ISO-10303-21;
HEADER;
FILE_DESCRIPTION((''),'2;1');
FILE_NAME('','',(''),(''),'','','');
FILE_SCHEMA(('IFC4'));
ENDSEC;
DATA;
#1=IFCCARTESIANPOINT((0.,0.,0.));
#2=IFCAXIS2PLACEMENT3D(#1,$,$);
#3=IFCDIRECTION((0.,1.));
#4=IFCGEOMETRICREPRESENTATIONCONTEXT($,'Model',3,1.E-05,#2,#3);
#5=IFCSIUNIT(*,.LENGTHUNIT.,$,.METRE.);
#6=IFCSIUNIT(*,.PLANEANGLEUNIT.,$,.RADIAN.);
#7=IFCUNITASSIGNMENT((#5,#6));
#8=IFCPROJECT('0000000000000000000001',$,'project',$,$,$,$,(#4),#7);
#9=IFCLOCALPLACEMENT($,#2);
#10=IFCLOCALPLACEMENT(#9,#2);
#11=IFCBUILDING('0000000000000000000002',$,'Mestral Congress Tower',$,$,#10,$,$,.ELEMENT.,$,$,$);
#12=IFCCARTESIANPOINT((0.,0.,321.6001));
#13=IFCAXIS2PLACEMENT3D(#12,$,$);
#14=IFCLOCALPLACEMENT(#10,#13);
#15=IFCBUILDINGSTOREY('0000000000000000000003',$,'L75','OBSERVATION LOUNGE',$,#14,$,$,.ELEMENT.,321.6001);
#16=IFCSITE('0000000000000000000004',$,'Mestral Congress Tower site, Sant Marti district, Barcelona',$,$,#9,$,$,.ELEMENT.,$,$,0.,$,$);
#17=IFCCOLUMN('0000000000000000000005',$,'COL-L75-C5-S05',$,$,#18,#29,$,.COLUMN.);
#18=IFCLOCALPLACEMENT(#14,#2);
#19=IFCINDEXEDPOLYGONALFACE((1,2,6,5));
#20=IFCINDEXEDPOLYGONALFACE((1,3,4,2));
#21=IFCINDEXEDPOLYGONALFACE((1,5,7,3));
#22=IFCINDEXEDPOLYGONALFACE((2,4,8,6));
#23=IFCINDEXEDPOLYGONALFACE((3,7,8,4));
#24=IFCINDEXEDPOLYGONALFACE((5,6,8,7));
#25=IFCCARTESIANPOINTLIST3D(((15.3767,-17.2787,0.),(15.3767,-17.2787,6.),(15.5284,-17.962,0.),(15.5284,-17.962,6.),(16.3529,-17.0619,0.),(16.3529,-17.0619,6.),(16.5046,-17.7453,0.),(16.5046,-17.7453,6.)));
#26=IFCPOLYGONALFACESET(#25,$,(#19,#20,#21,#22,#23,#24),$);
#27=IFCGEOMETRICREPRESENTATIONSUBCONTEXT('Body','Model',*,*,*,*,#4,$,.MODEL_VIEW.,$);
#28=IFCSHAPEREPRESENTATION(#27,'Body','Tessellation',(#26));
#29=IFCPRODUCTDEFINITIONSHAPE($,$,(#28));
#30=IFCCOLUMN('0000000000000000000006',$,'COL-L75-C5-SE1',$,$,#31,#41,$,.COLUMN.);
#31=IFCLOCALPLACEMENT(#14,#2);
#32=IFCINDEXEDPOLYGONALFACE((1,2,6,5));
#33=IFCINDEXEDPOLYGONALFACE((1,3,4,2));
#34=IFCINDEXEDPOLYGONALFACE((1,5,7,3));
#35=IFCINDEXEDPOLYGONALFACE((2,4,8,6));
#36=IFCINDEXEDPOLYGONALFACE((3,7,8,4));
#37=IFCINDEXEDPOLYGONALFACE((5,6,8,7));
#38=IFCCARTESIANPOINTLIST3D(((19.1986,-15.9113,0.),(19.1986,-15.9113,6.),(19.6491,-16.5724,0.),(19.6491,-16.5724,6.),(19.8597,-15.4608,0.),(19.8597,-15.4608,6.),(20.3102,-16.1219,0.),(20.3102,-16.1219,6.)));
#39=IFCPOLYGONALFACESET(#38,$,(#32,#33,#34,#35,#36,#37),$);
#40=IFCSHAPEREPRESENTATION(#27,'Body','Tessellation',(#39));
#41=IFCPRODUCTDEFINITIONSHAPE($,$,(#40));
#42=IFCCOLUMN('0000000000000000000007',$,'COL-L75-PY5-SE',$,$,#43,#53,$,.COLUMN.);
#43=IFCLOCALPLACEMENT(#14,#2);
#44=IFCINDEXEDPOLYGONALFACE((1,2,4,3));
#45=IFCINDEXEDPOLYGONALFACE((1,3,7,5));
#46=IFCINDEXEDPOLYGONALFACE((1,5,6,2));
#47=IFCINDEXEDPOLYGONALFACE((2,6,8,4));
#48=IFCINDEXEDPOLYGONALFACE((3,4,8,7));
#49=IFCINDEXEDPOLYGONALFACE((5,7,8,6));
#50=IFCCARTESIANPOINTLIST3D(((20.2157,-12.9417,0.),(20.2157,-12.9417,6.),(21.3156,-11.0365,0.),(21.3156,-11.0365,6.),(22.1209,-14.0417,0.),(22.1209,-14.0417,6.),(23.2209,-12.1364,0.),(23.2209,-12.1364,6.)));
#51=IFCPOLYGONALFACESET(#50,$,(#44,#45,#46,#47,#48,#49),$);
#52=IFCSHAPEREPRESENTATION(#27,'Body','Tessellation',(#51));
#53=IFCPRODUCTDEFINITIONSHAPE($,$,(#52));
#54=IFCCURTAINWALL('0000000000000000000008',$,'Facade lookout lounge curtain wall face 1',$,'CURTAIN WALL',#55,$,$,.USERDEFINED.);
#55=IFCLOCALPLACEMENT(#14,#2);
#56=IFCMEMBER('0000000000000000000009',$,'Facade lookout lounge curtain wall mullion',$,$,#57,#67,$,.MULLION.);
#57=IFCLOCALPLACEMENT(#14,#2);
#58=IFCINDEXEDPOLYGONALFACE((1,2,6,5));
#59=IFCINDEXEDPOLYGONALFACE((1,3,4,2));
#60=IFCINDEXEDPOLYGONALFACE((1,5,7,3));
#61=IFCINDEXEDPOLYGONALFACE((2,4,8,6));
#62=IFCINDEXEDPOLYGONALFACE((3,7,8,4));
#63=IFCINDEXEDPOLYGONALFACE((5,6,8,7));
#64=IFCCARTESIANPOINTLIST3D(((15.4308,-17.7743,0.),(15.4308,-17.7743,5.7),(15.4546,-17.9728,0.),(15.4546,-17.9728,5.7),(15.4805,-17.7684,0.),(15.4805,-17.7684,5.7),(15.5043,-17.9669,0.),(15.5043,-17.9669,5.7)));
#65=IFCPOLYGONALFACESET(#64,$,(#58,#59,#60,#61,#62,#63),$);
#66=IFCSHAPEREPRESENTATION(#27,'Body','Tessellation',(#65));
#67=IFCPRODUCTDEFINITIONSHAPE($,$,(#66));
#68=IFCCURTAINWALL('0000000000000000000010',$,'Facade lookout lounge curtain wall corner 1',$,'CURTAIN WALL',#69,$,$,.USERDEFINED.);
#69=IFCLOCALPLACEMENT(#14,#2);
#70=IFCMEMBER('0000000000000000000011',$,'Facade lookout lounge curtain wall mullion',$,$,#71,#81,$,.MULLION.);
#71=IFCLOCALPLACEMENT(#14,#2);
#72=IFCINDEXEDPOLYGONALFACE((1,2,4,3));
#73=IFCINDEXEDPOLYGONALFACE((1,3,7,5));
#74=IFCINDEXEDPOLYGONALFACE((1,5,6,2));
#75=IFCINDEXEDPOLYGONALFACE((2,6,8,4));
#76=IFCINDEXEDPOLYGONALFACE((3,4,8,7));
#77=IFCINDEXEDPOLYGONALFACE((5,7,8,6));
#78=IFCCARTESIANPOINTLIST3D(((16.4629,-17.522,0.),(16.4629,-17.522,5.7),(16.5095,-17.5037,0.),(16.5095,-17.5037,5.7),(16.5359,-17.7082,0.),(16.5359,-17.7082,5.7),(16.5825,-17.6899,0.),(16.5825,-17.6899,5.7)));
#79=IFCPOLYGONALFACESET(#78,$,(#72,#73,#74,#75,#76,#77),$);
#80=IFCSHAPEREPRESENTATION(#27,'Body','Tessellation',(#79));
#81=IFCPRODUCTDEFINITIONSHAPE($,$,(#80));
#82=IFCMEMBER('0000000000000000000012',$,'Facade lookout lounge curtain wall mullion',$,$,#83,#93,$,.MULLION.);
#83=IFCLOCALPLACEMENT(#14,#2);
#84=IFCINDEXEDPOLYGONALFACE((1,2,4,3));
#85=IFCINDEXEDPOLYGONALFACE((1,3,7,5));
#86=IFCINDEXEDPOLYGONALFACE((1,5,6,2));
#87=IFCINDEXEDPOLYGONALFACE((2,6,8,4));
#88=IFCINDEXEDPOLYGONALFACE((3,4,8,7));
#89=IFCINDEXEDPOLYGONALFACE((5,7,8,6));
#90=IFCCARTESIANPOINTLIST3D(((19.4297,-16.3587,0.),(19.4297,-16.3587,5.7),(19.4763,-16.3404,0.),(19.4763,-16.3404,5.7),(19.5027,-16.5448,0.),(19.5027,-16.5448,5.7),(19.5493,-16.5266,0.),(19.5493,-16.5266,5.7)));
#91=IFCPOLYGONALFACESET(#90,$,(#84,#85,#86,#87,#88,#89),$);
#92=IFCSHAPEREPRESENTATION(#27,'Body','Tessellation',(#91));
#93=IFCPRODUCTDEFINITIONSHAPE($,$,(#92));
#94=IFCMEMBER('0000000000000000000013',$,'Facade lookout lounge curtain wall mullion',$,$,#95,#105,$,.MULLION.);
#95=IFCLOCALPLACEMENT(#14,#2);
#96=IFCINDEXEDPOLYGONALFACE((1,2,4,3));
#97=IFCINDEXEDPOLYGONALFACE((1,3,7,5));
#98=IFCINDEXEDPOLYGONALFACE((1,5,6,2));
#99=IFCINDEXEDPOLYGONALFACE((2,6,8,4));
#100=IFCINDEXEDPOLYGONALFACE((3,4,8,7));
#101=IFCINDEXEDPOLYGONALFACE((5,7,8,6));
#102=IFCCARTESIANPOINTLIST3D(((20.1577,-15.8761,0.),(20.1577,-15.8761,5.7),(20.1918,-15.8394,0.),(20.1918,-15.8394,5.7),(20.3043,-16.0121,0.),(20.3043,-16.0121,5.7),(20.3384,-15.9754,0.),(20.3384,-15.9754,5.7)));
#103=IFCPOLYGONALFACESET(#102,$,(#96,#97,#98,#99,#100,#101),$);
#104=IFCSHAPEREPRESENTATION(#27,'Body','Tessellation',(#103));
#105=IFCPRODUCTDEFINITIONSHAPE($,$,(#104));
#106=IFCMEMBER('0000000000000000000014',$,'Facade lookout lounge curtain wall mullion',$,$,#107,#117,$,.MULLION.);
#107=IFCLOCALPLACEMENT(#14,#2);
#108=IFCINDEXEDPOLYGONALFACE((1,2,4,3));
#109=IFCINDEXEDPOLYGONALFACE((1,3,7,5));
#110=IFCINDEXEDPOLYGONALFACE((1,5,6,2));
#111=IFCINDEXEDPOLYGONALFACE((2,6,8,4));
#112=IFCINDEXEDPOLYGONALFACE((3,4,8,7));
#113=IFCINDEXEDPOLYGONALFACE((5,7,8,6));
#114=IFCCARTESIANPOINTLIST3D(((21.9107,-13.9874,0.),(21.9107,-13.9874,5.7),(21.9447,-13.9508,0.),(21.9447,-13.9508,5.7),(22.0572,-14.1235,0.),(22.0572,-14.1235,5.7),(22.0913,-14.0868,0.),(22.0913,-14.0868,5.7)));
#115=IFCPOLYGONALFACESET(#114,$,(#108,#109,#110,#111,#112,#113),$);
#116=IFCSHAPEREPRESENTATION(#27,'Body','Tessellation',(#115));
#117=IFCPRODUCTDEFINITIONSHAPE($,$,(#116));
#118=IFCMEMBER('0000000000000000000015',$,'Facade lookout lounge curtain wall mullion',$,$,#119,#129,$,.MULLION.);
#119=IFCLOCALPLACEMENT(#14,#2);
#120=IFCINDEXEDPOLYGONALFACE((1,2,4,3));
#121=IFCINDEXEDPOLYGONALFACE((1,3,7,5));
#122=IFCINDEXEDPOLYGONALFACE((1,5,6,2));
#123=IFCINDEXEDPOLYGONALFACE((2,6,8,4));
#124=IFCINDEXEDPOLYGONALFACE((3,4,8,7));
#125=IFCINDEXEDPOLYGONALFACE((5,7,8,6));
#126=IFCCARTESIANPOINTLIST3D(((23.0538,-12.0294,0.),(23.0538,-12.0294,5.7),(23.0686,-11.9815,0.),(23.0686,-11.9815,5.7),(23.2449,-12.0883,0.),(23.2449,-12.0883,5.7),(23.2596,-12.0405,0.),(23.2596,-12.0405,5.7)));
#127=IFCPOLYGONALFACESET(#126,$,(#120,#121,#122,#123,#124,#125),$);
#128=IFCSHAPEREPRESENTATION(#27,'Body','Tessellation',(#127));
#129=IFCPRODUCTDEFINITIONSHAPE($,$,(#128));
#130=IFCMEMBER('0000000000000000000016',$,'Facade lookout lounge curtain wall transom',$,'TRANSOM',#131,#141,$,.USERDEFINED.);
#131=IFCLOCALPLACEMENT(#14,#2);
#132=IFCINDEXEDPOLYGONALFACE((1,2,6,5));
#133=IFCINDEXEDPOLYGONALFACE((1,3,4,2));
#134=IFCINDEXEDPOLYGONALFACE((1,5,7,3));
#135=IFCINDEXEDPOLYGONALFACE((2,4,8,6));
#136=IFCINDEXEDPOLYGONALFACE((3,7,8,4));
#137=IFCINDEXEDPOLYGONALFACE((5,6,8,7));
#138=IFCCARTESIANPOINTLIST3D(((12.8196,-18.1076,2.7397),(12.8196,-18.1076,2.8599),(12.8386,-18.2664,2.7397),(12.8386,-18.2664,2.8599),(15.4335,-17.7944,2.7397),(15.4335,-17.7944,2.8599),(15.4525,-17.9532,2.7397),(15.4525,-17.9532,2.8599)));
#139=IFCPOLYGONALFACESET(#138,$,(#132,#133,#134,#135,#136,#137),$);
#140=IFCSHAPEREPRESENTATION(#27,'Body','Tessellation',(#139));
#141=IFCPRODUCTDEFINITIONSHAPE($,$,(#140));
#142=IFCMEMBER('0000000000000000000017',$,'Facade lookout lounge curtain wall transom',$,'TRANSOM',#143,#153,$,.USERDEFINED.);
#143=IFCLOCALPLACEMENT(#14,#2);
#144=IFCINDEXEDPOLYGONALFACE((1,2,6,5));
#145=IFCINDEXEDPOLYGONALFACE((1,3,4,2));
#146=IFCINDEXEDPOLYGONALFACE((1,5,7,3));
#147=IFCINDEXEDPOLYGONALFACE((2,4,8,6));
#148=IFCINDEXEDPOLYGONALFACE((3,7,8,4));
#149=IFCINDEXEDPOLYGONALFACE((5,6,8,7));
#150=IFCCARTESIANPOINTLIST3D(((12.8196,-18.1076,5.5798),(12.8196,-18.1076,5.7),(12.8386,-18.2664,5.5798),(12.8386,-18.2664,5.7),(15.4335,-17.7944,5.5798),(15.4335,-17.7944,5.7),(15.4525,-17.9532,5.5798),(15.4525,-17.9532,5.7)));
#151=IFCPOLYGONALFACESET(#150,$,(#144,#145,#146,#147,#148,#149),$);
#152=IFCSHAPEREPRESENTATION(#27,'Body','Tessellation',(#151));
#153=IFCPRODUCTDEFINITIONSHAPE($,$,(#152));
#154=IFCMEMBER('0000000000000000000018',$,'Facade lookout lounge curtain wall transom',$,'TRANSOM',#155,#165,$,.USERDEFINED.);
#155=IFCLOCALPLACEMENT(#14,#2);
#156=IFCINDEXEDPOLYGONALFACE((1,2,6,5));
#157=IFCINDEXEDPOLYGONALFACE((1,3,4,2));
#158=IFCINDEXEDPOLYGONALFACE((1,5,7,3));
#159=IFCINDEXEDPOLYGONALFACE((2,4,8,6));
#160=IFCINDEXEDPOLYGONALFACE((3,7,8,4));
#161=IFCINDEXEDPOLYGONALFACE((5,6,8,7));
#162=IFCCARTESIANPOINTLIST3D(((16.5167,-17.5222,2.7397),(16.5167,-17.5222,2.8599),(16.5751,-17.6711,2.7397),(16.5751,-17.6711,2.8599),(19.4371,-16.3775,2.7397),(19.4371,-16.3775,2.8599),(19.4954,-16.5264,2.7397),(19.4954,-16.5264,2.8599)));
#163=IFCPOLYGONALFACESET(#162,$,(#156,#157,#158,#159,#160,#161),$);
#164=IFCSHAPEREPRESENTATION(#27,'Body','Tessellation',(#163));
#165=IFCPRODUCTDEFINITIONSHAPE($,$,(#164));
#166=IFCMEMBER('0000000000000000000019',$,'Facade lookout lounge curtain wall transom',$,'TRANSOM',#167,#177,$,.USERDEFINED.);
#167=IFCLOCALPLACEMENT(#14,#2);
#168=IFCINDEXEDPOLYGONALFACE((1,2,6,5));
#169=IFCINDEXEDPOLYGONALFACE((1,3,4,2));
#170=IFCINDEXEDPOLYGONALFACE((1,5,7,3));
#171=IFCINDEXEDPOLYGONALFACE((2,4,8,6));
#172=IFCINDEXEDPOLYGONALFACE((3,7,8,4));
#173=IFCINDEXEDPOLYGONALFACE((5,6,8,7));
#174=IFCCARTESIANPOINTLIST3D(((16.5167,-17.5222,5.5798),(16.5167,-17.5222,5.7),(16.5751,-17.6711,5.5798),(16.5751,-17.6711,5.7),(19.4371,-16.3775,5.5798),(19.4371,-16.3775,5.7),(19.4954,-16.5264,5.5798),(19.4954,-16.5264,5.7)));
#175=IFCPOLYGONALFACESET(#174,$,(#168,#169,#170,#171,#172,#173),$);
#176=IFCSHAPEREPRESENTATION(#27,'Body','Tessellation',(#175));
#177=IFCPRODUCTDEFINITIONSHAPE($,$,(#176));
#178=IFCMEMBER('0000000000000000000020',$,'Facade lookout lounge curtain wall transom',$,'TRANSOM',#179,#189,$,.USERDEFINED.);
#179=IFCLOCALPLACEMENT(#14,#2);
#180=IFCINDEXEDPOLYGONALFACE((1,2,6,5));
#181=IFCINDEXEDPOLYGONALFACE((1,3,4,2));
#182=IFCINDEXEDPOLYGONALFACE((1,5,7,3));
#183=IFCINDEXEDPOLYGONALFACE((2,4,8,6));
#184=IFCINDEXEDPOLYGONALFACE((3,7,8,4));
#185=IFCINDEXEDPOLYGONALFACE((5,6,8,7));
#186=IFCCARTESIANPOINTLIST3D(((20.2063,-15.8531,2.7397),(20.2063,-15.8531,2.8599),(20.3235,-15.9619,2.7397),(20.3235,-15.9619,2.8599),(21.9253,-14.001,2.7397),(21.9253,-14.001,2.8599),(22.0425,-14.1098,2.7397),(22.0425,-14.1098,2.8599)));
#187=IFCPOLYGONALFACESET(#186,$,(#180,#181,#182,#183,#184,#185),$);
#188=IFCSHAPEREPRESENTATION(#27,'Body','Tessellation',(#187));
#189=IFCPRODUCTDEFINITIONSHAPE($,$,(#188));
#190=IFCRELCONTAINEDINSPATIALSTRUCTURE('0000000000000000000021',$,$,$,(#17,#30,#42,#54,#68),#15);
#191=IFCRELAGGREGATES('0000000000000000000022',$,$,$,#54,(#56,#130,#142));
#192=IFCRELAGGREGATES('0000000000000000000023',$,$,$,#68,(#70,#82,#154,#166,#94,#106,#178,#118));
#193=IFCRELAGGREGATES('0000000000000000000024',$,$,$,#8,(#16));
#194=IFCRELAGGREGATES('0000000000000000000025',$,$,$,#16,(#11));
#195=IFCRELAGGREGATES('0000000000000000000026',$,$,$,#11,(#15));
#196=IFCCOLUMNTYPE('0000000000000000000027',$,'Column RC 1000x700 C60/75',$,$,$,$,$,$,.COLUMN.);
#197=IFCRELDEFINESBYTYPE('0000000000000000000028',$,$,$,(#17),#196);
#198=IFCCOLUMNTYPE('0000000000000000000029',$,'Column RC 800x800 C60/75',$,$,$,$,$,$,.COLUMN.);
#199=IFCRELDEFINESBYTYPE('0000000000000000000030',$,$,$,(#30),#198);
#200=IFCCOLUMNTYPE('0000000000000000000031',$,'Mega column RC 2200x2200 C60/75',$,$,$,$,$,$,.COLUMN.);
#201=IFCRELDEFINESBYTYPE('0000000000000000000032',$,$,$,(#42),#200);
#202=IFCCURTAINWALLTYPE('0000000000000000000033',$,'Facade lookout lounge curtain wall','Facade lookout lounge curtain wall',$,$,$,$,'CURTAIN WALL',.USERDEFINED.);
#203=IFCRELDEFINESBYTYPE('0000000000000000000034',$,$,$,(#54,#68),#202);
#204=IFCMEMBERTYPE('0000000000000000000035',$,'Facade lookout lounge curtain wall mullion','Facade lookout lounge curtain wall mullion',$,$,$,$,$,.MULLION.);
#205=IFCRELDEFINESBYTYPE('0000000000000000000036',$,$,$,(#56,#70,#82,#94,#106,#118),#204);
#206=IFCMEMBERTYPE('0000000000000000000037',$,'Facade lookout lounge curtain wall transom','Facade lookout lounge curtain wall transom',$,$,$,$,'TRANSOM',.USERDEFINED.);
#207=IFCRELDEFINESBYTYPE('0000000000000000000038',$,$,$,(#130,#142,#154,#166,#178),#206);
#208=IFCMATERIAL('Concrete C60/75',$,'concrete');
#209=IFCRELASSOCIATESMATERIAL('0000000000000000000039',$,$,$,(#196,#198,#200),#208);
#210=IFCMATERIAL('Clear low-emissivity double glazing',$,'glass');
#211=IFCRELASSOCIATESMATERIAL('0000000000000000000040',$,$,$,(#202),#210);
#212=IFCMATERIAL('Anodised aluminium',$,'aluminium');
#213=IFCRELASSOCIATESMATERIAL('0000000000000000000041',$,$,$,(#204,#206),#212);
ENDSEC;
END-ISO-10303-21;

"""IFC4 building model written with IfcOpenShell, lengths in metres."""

from ifc_helpers import new_model, si_unit, direction, frame, origin, origin_2d, place, context, subcontext, project, spatial, rectangle, extrude, material, material_profile, profile_set, type_object, element, aggregate, save


model = new_model("IFC4")

# Units and contexts
model_context = context("Model", 3, precision=1e-05, world=origin(), true_north=direction((0.0, 1.0)))
body_context = subcontext(model_context, "Body", "Model", "MODEL_VIEW")
ifc_project = project(units=[si_unit("LENGTHUNIT", "METRE"), si_unit("PLANEANGLEUNIT", "RADIAN")], contexts=[model_context])

# Site, building, storey
site_placement = place(None, origin())
site = spatial("IfcSite", under=ifc_project, at=site_placement, Name="Mestral Congress Tower site, Sant Marti district, Barcelona", CompositionType="ELEMENT", RefElevation=0.0)
building_placement = place(site_placement, origin())
building = spatial("IfcBuilding", under=site, at=building_placement, Name="Mestral Congress Tower", CompositionType="ELEMENT")
storey_placement = place(building_placement, frame((0.0, 0.0, 321.6001)))
storey = spatial("IfcBuildingStorey", under=building, at=storey_placement, Name="L75", Description="OBSERVATION LOUNGE", CompositionType="ELEMENT", Elevation=321.6001)

# Columns
ifc_material_1 = material(Name="Concrete C60/75", Category="concrete")
ifc_material_profile_1 = material_profile(ifc_material_1, rectangle(XDim=1.0, YDim=0.7, at=origin_2d()), Name="RC 1000x700")
ifc_profile_set_1 = profile_set([ifc_material_profile_1], Name="Concrete C60/75")
column_type_1 = type_object("IfcColumnType", Name="Column RC 1000x700 C60/75", PredefinedType="COLUMN", material=ifc_profile_set_1)
column_1_placement = place(storey_placement, frame((15.9407, -17.512, 0.0), z_axis=(0.0, 0.0, 1.0), x_axis=(0.976234, 0.216721, 0.0)))
element("IfcColumn", 1, at=column_1_placement, inside=storey, type_object=column_type_1, Name="COL-L75-C5-S05", PredefinedType="COLUMN", context=body_context, shape_type="SweptSolid", body=[
    extrude(rectangle(XDim=1.0, YDim=0.7, at=origin_2d()), origin(), (0.0, 0.0, 1.0), 6.0),
])
ifc_material_profile_2 = material_profile(ifc_material_1, rectangle(XDim=0.8, YDim=0.8, at=origin_2d()), Name="RC 800x800")
ifc_profile_set_2 = profile_set([ifc_material_profile_2], Name="Concrete C60/75")
column_type_2 = type_object("IfcColumnType", Name="Column RC 800x800 C60/75", PredefinedType="COLUMN", material=ifc_profile_set_2)
column_2_placement = place(storey_placement, frame((19.7544, -16.0166, 0.0), z_axis=(0.0, 0.0, 1.0), x_axis=(0.826363, 0.563138, 0.0)))
element("IfcColumn", 2, at=column_2_placement, inside=storey, type_object=column_type_2, Name="COL-L75-C5-SE1", PredefinedType="COLUMN", context=body_context, shape_type="SweptSolid", body=[
    extrude(rectangle(XDim=0.8, YDim=0.8, at=origin_2d()), origin(), (0.0, 0.0, 1.0), 6.0),
])
ifc_material_profile_3 = material_profile(ifc_material_1, rectangle(XDim=2.2, YDim=2.2, at=origin_2d()), Name="RC 2200x2200")
ifc_profile_set_3 = profile_set([ifc_material_profile_3], Name="Concrete C60/75")
column_type_3 = type_object("IfcColumnType", Name="Mega column RC 2200x2200 C60/75", PredefinedType="COLUMN", material=ifc_profile_set_3)
column_3_placement = place(storey_placement, frame((21.7183, -12.5391, 0.0), z_axis=(0.0, 0.0, 1.0), x_axis=(0.866025, -0.5, 0.0)))
element("IfcColumn", 3, at=column_3_placement, inside=storey, type_object=column_type_3, Name="COL-L75-PY5-SE", PredefinedType="COLUMN", context=body_context, shape_type="SweptSolid", body=[
    extrude(rectangle(XDim=2.2, YDim=2.2, at=origin_2d()), origin(), (0.0, 0.0, 1.0), 6.0),
])

# Curtain wall, member
ifc_material_2 = material(Name="Clear low-emissivity double glazing", Category="glass")
curtain_wall_type = type_object("IfcCurtainWallType", Name="Facade lookout lounge curtain wall", Description="Facade lookout lounge curtain wall", ElementType="CURTAIN WALL", PredefinedType="USERDEFINED", material=ifc_material_2)
placement = place(storey_placement, origin())
curtain_wall_1 = element("IfcCurtainWall", 4, at=placement, inside=storey, type_object=curtain_wall_type, Name="Facade lookout lounge curtain wall face 1", ObjectType="CURTAIN WALL", PredefinedType="USERDEFINED")
ifc_material_3 = material(Name="Anodised aluminium", Category="aluminium")
ifc_material_profile_4 = material_profile(ifc_material_3, rectangle(XDim=0.2, YDim=0.05, at=origin_2d()), Name="CW2 mullion 200 x 50")
ifc_profile_set_4 = profile_set([ifc_material_profile_4], Name="Anodised aluminium")
member_type_1 = type_object("IfcMemberType", Name="Facade lookout lounge curtain wall mullion", Description="Facade lookout lounge curtain wall mullion", PredefinedType="MULLION", material=ifc_profile_set_4)
member_1_placement = place(storey_placement, frame((15.4675, -17.8706, 0.0), z_axis=(0.0, 0.0, 1.0), x_axis=(0.119057, -0.992887, 0.0)))
member_1 = element("IfcMember", 5, at=member_1_placement, type_object=member_type_1, Name="Facade lookout lounge curtain wall mullion", PredefinedType="MULLION", context=body_context, shape_type="SweptSolid", body=[
    extrude(rectangle(XDim=0.2, YDim=0.05, at=origin_2d()), origin(), (0.0, 0.0, 1.0), 5.7),
])

# Curtain wall, members
curtain_wall_2 = element("IfcCurtainWall", 6, at=placement, inside=storey, type_object=curtain_wall_type, Name="Facade lookout lounge curtain wall corner 1", ObjectType="CURTAIN WALL", PredefinedType="USERDEFINED")
member_2_placement = place(storey_placement, frame((16.5227, -17.606, 0.0), z_axis=(0.0, 0.0, 1.0), x_axis=(0.365023, -0.930998, 0.0)))
member_2 = element("IfcMember", 7, at=member_2_placement, type_object=member_type_1, Name="Facade lookout lounge curtain wall mullion", PredefinedType="MULLION", context=body_context, shape_type="SweptSolid", body=[
    extrude(rectangle(XDim=0.2, YDim=0.05, at=origin_2d()), origin(), (0.0, 0.0, 1.0), 5.7),
])
member_3_placement = place(storey_placement, frame((19.4895, -16.4426, 0.0), z_axis=(0.0, 0.0, 1.0), x_axis=(0.365023, -0.930998, 0.0)))
member_3 = element("IfcMember", 8, at=member_3_placement, type_object=member_type_1, Name="Facade lookout lounge curtain wall mullion", PredefinedType="MULLION", context=body_context, shape_type="SweptSolid", body=[
    extrude(rectangle(XDim=0.2, YDim=0.05, at=origin_2d()), origin(), (0.0, 0.0, 1.0), 5.7),
])
member_4_placement = place(storey_placement, frame((20.248, -15.9258, 0.0), z_axis=(0.0, 0.0, 1.0), x_axis=(0.732987, -0.680243, 0.0)))
member_4 = element("IfcMember", 9, at=member_4_placement, type_object=member_type_1, Name="Facade lookout lounge curtain wall mullion", PredefinedType="MULLION", context=body_context, shape_type="SweptSolid", body=[
    extrude(rectangle(XDim=0.2, YDim=0.05, at=origin_2d()), origin(), (0.0, 0.0, 1.0), 5.7),
])
member_5_placement = place(storey_placement, frame((22.001, -14.0371, 0.0), z_axis=(0.0, 0.0, 1.0), x_axis=(0.732987, -0.680243, 0.0)))
member_5 = element("IfcMember", 10, at=member_5_placement, type_object=member_type_1, Name="Facade lookout lounge curtain wall mullion", PredefinedType="MULLION", context=body_context, shape_type="SweptSolid", body=[
    extrude(rectangle(XDim=0.2, YDim=0.05, at=origin_2d()), origin(), (0.0, 0.0, 1.0), 5.7),
])
member_6_placement = place(storey_placement, frame((23.1567, -12.0349, 0.0), z_axis=(0.0, 0.0, 1.0), x_axis=(0.955602, -0.294661, 0.0)))
member_6 = element("IfcMember", 11, at=member_6_placement, type_object=member_type_1, Name="Facade lookout lounge curtain wall mullion", PredefinedType="MULLION", context=body_context, shape_type="SweptSolid", body=[
    extrude(rectangle(XDim=0.2, YDim=0.05, at=origin_2d()), origin(), (0.0, 0.0, 1.0), 5.7),
])

# Members
ifc_material_profile_5 = material_profile(ifc_material_3, rectangle(XDim=0.1599, YDim=0.1201, at=origin_2d()), Name="CW2 transom 160 x 120")
ifc_profile_set_5 = profile_set([ifc_material_profile_5], Name="Anodised aluminium")
member_type_2 = type_object("IfcMemberType", Name="Facade lookout lounge curtain wall transom", Description="Facade lookout lounge curtain wall transom", ElementType="TRANSOM", PredefinedType="USERDEFINED", material=ifc_profile_set_5)
member_7_placement = place(storey_placement, frame((12.8291, -18.187, 2.7998), z_axis=(0.992896, 0.118988, 0.0), x_axis=(-0.118988, 0.992896, 0.0)))
member_7 = element("IfcMember", 12, at=member_7_placement, type_object=member_type_2, Name="Facade lookout lounge curtain wall transom", ObjectType="TRANSOM", PredefinedType="USERDEFINED", context=body_context, shape_type="SweptSolid", body=[
    extrude(rectangle(XDim=0.1599, YDim=0.1201, at=origin_2d()), origin(), (0.0, 0.0, 1.0), 2.6326),
])
member_8_placement = place(storey_placement, frame((12.8291, -18.187, 5.6399), z_axis=(0.992896, 0.118988, 0.0), x_axis=(-0.118988, 0.992896, 0.0)))
member_8 = element("IfcMember", 13, at=member_8_placement, type_object=member_type_2, Name="Facade lookout lounge curtain wall transom", ObjectType="TRANSOM", PredefinedType="USERDEFINED", context=body_context, shape_type="SweptSolid", body=[
    extrude(rectangle(XDim=0.1599, YDim=0.1201, at=origin_2d()), origin(), (0.0, 0.0, 1.0), 2.6326),
])
member_9_placement = place(storey_placement, frame((16.5459, -17.5967, 2.7998), z_axis=(0.931026, 0.364954, 0.0), x_axis=(-0.364954, 0.931026, 0.0)))
member_9 = element("IfcMember", 14, at=member_9_placement, type_object=member_type_2, Name="Facade lookout lounge curtain wall transom", ObjectType="TRANSOM", PredefinedType="USERDEFINED", context=body_context, shape_type="SweptSolid", body=[
    extrude(rectangle(XDim=0.1599, YDim=0.1201, at=origin_2d()), origin(), (0.0, 0.0, 1.0), 3.1367),
])
member_10_placement = place(storey_placement, frame((16.5459, -17.5967, 5.6399), z_axis=(0.931026, 0.364954, 0.0), x_axis=(-0.364954, 0.931026, 0.0)))
member_10 = element("IfcMember", 15, at=member_10_placement, type_object=member_type_2, Name="Facade lookout lounge curtain wall transom", ObjectType="TRANSOM", PredefinedType="USERDEFINED", context=body_context, shape_type="SweptSolid", body=[
    extrude(rectangle(XDim=0.1599, YDim=0.1201, at=origin_2d()), origin(), (0.0, 0.0, 1.0), 3.1367),
])
member_11_placement = place(storey_placement, frame((20.2649, -15.9075, 2.7998), z_axis=(0.680288, 0.732945, 0.0), x_axis=(-0.732945, 0.680288, 0.0)))
member_11 = element("IfcMember", 16, at=member_11_placement, type_object=member_type_2, Name="Facade lookout lounge curtain wall transom", ObjectType="TRANSOM", PredefinedType="USERDEFINED", context=body_context, shape_type="SweptSolid", body=[
    extrude(rectangle(XDim=0.1599, YDim=0.1201, at=origin_2d()), origin(), (0.0, 0.0, 1.0), 2.5269),
])

aggregate(curtain_wall_1, [member_1, member_7, member_8])
aggregate(curtain_wall_2, [member_2, member_3, member_9, member_10, member_4, member_5, member_11, member_6])

save(model, "model.ifc")
